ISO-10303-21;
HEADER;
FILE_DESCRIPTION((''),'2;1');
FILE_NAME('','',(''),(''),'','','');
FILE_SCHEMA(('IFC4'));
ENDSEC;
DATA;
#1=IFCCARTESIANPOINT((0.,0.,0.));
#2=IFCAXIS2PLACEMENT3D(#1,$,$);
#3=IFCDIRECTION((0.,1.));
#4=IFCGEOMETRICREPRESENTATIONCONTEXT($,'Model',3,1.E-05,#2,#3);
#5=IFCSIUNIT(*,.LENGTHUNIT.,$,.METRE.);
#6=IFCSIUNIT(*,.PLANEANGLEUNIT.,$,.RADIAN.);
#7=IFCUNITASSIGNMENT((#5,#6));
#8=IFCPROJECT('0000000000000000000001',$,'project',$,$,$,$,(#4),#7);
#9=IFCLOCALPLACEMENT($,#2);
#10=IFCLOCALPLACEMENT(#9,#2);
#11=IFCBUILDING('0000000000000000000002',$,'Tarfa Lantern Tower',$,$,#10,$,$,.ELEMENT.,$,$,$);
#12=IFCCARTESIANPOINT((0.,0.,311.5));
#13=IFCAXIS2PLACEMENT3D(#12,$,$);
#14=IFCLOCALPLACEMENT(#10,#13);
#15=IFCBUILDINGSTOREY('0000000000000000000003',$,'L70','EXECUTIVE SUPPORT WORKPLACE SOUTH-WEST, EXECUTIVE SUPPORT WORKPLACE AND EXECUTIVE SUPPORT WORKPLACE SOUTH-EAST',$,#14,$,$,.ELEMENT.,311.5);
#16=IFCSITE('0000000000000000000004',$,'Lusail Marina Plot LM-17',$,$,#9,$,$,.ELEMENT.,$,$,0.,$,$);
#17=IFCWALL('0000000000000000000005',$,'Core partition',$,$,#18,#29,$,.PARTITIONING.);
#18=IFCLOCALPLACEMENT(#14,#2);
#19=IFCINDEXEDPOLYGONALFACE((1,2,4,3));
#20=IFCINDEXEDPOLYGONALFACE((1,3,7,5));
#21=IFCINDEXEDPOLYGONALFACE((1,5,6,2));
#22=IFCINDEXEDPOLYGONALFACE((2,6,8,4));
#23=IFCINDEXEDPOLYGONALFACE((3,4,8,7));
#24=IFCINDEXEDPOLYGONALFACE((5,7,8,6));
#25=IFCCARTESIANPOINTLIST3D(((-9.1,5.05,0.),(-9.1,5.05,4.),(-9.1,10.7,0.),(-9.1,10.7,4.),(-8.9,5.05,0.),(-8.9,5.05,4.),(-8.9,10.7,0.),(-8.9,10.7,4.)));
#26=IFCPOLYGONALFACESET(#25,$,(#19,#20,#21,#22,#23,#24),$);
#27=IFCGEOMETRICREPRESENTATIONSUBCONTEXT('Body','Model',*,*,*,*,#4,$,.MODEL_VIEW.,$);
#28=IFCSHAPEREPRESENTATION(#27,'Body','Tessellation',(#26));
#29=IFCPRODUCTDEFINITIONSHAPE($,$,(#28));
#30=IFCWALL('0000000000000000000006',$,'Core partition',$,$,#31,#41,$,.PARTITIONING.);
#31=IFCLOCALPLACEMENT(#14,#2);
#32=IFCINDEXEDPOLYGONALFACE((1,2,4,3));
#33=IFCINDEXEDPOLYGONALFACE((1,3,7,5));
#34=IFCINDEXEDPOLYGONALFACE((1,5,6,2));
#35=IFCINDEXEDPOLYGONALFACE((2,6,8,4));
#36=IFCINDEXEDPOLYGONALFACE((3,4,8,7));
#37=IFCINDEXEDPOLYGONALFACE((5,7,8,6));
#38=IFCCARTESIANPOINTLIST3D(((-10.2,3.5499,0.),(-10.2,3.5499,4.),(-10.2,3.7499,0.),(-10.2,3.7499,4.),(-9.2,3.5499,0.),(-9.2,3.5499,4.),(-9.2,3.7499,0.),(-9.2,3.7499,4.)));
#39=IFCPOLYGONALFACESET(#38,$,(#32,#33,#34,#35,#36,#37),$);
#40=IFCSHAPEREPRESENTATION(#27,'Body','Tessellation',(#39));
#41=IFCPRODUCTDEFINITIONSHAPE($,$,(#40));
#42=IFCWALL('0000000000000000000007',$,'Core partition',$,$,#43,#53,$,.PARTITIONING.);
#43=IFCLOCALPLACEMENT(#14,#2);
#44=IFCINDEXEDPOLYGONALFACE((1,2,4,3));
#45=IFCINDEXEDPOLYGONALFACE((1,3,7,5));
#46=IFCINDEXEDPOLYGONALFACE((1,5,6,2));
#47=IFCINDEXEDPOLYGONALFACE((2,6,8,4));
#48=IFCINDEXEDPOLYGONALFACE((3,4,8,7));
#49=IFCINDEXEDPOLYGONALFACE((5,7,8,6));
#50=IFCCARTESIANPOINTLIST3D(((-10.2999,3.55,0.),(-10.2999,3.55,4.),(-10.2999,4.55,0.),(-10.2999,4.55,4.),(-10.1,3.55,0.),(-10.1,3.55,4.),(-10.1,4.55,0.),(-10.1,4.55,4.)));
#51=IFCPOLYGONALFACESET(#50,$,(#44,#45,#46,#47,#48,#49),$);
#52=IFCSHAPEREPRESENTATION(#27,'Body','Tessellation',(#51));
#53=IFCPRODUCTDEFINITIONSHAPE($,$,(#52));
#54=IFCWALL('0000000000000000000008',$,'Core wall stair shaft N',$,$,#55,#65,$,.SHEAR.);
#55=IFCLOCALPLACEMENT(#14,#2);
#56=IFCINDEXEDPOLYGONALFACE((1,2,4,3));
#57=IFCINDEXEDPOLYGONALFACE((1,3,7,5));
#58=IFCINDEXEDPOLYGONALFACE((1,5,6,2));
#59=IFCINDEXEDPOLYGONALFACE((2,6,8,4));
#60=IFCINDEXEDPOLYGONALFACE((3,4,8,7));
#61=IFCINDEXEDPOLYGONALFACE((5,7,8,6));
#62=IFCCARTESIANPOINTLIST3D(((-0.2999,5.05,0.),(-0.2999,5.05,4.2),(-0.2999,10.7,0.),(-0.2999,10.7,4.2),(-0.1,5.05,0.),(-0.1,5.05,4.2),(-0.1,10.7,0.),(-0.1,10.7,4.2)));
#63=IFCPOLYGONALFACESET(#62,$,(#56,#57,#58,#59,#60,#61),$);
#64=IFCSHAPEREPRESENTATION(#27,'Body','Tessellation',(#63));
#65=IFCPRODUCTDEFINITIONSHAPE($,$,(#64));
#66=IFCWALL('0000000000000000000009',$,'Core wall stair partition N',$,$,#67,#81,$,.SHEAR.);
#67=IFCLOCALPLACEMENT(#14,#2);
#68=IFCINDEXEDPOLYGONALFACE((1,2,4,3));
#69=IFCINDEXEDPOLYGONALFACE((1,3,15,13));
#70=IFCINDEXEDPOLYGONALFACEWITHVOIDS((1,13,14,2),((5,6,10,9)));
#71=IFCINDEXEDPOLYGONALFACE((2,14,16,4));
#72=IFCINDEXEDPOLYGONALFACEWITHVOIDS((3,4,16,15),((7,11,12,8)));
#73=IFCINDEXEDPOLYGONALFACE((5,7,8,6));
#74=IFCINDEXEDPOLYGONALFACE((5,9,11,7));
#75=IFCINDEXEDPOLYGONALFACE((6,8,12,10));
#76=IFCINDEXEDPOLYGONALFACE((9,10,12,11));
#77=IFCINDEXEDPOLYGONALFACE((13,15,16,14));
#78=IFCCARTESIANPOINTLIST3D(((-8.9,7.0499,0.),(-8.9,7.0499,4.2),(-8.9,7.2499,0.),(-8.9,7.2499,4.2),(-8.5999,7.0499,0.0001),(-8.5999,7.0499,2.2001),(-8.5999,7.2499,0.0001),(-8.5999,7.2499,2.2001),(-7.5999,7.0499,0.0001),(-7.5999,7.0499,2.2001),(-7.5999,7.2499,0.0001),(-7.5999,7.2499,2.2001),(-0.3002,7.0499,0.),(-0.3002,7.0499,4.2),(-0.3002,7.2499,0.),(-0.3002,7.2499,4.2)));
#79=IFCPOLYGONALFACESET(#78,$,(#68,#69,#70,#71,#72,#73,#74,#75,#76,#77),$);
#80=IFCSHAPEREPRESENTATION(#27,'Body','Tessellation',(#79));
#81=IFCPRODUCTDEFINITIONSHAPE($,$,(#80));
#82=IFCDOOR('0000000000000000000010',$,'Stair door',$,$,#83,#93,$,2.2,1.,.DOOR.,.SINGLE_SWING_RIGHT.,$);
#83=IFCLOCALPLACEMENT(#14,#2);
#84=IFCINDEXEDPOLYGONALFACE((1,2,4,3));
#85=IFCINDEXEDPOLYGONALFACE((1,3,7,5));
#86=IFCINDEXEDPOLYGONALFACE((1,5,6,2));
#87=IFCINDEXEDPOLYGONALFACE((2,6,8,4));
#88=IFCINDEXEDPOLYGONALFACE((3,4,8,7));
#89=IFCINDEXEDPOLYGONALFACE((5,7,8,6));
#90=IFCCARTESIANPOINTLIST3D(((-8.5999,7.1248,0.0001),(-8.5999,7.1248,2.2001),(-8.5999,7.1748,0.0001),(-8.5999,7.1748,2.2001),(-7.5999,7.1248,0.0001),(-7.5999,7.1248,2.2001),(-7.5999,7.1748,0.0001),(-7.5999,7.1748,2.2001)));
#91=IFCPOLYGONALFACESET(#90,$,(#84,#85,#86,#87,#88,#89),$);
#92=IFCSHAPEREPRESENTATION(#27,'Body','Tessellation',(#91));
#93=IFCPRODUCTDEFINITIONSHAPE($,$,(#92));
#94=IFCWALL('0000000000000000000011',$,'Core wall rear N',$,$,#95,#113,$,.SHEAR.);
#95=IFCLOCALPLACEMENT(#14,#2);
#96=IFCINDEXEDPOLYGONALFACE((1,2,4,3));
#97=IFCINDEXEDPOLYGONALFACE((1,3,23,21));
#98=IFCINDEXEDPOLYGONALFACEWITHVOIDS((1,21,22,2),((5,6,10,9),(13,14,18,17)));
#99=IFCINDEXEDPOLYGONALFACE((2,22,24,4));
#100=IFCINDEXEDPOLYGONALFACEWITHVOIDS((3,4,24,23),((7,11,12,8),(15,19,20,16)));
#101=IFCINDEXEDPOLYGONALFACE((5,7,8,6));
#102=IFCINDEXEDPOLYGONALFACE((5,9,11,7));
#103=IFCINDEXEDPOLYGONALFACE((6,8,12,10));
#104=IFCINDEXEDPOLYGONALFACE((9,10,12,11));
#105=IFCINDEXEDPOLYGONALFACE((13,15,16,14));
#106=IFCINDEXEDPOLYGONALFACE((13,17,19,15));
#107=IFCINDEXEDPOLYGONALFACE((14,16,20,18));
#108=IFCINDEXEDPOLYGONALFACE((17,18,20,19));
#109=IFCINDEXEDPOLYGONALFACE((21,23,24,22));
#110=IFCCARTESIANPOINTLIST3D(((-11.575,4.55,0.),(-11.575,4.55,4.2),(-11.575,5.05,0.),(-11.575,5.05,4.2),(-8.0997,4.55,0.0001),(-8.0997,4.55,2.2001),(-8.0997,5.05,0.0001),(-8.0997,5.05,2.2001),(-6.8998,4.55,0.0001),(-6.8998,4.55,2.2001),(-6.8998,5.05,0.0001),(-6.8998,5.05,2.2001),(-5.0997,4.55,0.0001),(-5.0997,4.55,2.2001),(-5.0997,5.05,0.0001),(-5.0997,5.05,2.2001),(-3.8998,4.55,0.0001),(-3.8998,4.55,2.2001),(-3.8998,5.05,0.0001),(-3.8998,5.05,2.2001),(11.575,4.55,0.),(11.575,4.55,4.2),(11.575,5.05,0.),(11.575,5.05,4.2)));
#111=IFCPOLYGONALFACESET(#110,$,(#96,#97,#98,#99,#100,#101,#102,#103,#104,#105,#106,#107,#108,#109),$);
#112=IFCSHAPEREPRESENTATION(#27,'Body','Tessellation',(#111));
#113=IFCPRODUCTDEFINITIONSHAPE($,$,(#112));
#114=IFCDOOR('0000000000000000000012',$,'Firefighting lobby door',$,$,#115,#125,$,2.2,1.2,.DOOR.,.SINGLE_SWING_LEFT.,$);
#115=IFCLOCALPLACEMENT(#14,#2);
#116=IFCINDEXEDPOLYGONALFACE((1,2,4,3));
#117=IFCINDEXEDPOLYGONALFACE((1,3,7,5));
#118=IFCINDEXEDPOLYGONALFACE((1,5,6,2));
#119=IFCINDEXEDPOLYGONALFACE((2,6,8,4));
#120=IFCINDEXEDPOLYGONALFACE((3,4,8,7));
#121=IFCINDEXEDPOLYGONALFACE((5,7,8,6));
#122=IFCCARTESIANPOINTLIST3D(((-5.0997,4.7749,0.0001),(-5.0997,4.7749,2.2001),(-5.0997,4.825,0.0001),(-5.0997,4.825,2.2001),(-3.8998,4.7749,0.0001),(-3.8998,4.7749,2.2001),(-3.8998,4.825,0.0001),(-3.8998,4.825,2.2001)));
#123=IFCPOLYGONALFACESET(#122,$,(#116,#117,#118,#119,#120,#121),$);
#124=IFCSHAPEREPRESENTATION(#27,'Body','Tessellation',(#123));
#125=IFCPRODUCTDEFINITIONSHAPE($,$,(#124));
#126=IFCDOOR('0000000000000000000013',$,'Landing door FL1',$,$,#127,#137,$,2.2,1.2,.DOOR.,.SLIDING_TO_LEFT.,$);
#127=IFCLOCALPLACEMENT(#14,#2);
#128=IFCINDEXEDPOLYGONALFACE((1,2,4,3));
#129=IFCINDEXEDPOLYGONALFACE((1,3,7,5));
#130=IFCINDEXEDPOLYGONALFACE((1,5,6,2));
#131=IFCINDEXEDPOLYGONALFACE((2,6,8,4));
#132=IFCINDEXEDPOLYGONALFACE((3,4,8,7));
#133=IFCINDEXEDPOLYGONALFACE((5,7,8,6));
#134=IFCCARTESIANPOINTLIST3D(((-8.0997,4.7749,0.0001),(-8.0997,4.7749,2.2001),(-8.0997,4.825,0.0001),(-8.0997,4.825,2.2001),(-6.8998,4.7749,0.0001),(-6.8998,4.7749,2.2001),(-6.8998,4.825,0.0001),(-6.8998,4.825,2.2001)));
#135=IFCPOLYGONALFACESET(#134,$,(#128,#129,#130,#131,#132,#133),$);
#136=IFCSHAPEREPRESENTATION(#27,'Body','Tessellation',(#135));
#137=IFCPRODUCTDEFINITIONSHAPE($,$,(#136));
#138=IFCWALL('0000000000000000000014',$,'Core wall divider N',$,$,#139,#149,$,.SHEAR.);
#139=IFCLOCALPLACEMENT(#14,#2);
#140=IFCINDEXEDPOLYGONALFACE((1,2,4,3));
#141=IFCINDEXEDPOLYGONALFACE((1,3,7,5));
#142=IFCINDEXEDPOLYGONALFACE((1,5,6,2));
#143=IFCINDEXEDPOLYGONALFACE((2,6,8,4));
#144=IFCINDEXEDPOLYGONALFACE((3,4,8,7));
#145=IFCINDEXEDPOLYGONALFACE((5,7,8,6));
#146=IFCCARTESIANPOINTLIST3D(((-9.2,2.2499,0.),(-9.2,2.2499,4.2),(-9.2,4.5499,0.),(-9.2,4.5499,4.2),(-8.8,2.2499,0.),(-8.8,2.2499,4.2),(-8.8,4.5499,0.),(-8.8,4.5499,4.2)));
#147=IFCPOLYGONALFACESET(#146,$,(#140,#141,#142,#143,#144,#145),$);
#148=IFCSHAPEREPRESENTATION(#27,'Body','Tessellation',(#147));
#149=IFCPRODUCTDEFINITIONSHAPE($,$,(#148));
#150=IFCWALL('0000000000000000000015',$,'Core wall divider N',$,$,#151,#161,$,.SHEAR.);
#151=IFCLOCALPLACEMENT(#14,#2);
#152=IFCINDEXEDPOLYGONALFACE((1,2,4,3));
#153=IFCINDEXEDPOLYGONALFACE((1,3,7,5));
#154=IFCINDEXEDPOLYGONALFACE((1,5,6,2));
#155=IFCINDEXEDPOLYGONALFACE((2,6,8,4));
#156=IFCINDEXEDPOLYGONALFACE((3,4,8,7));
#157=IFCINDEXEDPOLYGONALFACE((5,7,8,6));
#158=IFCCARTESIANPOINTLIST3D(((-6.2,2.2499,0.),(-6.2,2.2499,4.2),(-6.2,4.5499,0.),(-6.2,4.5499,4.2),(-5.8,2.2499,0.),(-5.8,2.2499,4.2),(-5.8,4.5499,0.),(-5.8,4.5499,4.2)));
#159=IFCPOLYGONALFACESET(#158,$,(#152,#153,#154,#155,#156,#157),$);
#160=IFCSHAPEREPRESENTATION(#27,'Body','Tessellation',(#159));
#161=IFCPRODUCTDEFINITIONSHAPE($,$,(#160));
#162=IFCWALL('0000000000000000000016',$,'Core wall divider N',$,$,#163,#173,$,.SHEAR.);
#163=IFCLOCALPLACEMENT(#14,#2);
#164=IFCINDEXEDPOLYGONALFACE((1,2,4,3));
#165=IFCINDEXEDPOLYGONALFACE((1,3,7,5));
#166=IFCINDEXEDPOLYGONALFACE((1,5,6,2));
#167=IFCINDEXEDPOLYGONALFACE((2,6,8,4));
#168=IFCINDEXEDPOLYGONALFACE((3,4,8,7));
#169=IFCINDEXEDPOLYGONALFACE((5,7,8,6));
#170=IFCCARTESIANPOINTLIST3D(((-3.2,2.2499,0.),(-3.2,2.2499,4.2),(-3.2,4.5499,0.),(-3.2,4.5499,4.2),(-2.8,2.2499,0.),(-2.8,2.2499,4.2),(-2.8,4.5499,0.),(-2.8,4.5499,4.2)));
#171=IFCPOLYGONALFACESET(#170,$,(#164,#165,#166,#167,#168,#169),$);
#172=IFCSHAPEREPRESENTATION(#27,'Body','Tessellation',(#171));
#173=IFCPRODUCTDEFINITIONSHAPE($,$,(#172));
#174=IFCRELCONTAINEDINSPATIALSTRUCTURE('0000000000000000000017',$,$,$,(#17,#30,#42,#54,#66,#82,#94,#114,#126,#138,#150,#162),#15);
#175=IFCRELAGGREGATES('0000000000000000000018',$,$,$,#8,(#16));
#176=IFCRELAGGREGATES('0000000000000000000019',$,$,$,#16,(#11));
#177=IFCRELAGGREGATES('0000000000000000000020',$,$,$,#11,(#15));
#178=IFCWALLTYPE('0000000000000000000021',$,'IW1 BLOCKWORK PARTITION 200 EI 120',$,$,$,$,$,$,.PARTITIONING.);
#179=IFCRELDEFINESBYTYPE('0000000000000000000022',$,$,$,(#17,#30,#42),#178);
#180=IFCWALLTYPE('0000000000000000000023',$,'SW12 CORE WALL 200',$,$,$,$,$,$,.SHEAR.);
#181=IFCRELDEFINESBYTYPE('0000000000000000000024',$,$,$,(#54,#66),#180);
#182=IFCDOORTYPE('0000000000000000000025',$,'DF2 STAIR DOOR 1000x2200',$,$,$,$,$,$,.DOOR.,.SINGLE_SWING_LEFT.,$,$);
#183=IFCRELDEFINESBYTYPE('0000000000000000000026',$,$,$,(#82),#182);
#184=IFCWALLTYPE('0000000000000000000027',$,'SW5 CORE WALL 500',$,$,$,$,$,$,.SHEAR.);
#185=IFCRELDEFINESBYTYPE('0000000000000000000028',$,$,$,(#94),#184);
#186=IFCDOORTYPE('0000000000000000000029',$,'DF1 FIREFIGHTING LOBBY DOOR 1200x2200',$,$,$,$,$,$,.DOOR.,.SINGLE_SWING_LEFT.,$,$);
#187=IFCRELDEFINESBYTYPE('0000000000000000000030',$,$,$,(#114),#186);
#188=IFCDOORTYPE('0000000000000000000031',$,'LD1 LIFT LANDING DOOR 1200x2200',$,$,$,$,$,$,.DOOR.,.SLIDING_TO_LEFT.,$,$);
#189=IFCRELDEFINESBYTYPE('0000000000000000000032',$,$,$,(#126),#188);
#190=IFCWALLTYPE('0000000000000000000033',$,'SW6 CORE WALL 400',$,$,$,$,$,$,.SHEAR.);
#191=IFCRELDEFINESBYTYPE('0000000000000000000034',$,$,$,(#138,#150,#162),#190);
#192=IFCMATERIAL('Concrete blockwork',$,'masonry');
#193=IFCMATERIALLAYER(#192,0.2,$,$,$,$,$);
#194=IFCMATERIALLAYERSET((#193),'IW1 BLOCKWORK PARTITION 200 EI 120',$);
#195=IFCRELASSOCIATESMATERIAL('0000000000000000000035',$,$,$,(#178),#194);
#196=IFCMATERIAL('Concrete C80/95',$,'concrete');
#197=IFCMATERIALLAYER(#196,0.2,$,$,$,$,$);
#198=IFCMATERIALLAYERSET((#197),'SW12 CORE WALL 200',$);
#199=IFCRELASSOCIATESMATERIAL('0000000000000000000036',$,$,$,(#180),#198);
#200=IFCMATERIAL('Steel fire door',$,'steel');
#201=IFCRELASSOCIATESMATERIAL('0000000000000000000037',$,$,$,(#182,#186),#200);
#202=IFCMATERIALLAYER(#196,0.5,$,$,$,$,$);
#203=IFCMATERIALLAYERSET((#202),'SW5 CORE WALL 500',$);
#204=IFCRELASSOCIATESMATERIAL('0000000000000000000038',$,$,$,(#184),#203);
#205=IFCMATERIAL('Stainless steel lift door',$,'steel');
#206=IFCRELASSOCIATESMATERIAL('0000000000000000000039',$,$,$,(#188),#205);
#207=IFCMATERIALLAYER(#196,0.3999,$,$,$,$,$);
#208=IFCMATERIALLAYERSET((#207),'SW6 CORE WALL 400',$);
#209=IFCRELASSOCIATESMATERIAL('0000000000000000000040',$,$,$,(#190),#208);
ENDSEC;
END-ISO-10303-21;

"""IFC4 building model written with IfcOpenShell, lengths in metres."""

from ifc_helpers import new_model, si_unit, direction, frame, frame_2d, origin, place, context, subcontext, project, spatial, rectangle, extrude, material, layer, layer_set, type_object, element, fill, save


model = new_model("IFC4")

# Units and contexts
model_context = context("Model", 3, precision=1e-05, world=origin(), true_north=direction((0.0, 1.0)))
body_context = subcontext(model_context, "Body", "Model", "MODEL_VIEW")
ifc_project = project(units=[si_unit("LENGTHUNIT", "METRE"), si_unit("PLANEANGLEUNIT", "RADIAN")], contexts=[model_context])

# Site, building, storey
site_placement = place(None, origin())
site = spatial("IfcSite", under=ifc_project, at=site_placement, Name="Lusail Marina Plot LM-17", CompositionType="ELEMENT", RefElevation=0.0)
building_placement = place(site_placement, origin())
building = spatial("IfcBuilding", under=site, at=building_placement, Name="Tarfa Lantern Tower", CompositionType="ELEMENT")
storey_placement = place(building_placement, frame((0.0, 0.0, 311.5)))
storey = spatial("IfcBuildingStorey", under=building, at=storey_placement, Name="L70", Description="EXECUTIVE SUPPORT WORKPLACE SOUTH-WEST, EXECUTIVE SUPPORT WORKPLACE AND EXECUTIVE SUPPORT WORKPLACE SOUTH-EAST", CompositionType="ELEMENT", Elevation=311.5)

# Walls
ifc_material_1 = material(Name="Concrete blockwork", Category="masonry")
ifc_layer_1 = layer(ifc_material_1, 0.2)
ifc_layer_set_1 = layer_set([ifc_layer_1], Name="IW1 BLOCKWORK PARTITION 200 EI 120")
wall_type_1 = type_object("IfcWallType", Name="IW1 BLOCKWORK PARTITION 200 EI 120", PredefinedType="PARTITIONING", material=ifc_layer_set_1)
wall_1_placement = place(storey_placement, frame((-9.0, 5.05, 0.0), z_axis=(0.0, 0.0, 1.0), x_axis=(0.0, 1.0, 0.0)))
element("IfcWall", 1, at=wall_1_placement, inside=storey, type_object=wall_type_1, Name="Core partition", PredefinedType="PARTITIONING", context=body_context, shape_type="SweptSolid", body=[
    extrude(rectangle(XDim=5.6499, YDim=0.2, at=frame_2d((2.825, 0.0))), origin(), (0.0, 0.0, 1.0), 4.0),
])
for number, where, z_axis, x_axis, name in (
    (2, (-10.2, 3.6499, 0.0), (0.0, 0.0, 1.0), (1.0, 0.0, 0.0), "Core partition"),
    (3, (-10.2, 3.55, 0.0), (0.0, 0.0, 1.0), (0.0, 1.0, 0.0), "Core partition"),
):
    element("IfcWall", number, at=place(storey_placement, frame(where, z_axis=z_axis, x_axis=x_axis)), inside=storey, type_object=wall_type_1, Name=name, PredefinedType="PARTITIONING", context=body_context, shape_type="SweptSolid", body=[
        extrude(rectangle(XDim=1.0, YDim=0.2, at=frame_2d((0.5, 0.0))), origin(), (0.0, 0.0, 1.0), 4.0),
    ])
ifc_material_2 = material(Name="Concrete C80/95", Category="concrete")
ifc_layer_2 = layer(ifc_material_2, 0.2)
ifc_layer_set_2 = layer_set([ifc_layer_2], Name="SW12 CORE WALL 200")
wall_type_2 = type_object("IfcWallType", Name="SW12 CORE WALL 200", PredefinedType="SHEAR", material=ifc_layer_set_2)
wall_2_placement = place(storey_placement, frame((-0.2, 5.05, 0.0), z_axis=(0.0, 0.0, 1.0), x_axis=(0.0, 1.0, 0.0)))
element("IfcWall", 4, at=wall_2_placement, inside=storey, type_object=wall_type_2, Name="Core wall stair shaft N", PredefinedType="SHEAR", context=body_context, shape_type="SweptSolid", body=[
    extrude(rectangle(XDim=5.6499, YDim=0.2, at=frame_2d((2.825, 0.0))), origin(), (0.0, 0.0, 1.0), 4.2),
])

# Wall, opening, door
wall_3_placement = place(storey_placement, frame((-8.8999, 7.1499, 0.0), z_axis=(0.0, 0.0, 1.0), x_axis=(1.0, 0.0, 0.0)))
wall_3 = element("IfcWall", 5, at=wall_3_placement, inside=storey, type_object=wall_type_2, Name="Core wall stair partition N", PredefinedType="SHEAR", context=body_context, shape_type="SweptSolid", body=[
    extrude(rectangle(XDim=8.5999, YDim=0.2, at=frame_2d((4.2998, 0.0))), origin(), (0.0, 0.0, 1.0), 4.2),
])
opening_1_placement = place(wall_3_placement, frame((0.3, 0.0, 0.0)))
opening_1 = element("IfcOpeningElement", 6, at=opening_1_placement, cuts=wall_3, PredefinedType="OPENING", context=body_context, shape_type="SweptSolid", body=[
    extrude(rectangle(XDim=1.0, YDim=2.2, at=frame_2d((0.5, 1.1001))), frame((0.0, 0.1099, 0.0), z_axis=(0.0, -1.0, 0.0), x_axis=(1.0, 0.0, 0.0)), (0.0, 0.0, 1.0), 0.22),
])
ifc_material_3 = material(Name="Steel fire door", Category="steel")
door_type_1 = type_object("IfcDoorType", Name="DF2 STAIR DOOR 1000x2200", OperationType="SINGLE_SWING_LEFT", PredefinedType="DOOR", material=ifc_material_3)
door_1_placement = place(opening_1_placement, origin())
door_1 = element("IfcDoor", 7, at=door_1_placement, inside=storey, type_object=door_type_1, Name="Stair door", OperationType="SINGLE_SWING_RIGHT", OverallHeight=2.2, OverallWidth=1.0, PredefinedType="DOOR", context=body_context, shape_type="SweptSolid", body=[
    extrude(rectangle(XDim=1.0, YDim=2.2, at=frame_2d((0.5, 1.1001))), frame((0.0, 0.0249, 0.0), z_axis=(0.0, -1.0, 0.0), x_axis=(1.0, 0.0, 0.0)), (0.0, 0.0, 1.0), 0.05),
])
fill(opening_1, door_1)

# Wall, openings, doors
ifc_layer_3 = layer(ifc_material_2, 0.5)
ifc_layer_set_3 = layer_set([ifc_layer_3], Name="SW5 CORE WALL 500")
wall_type_3 = type_object("IfcWallType", Name="SW5 CORE WALL 500", PredefinedType="SHEAR", material=ifc_layer_set_3)
wall_4_placement = place(storey_placement, frame((-11.575, 4.8, 0.0), z_axis=(0.0, 0.0, 1.0), x_axis=(1.0, 0.0, 0.0)))
wall_4 = element("IfcWall", 8, at=wall_4_placement, inside=storey, type_object=wall_type_3, Name="Core wall rear N", PredefinedType="SHEAR", context=body_context, shape_type="SweptSolid", body=[
    extrude(rectangle(XDim=23.1499, YDim=0.5, at=frame_2d((11.575, 0.0))), origin(), (0.0, 0.0, 1.0), 4.2),
])
opening_2_placement = place(wall_4_placement, frame((6.4751, 0.0, 0.0)))
opening_2 = element("IfcOpeningElement", 9, at=opening_2_placement, cuts=wall_4, PredefinedType="OPENING", context=body_context, shape_type="SweptSolid", body=[
    extrude(rectangle(XDim=1.2, YDim=2.2, at=frame_2d((0.6001, 1.1001))), frame((0.0, 0.26, 0.0), z_axis=(0.0, -1.0, 0.0), x_axis=(1.0, 0.0, 0.0)), (0.0, 0.0, 1.0), 0.52),
])
opening_3_placement = place(wall_4_placement, frame((3.4751, 0.0, 0.0)))
opening_3 = element("IfcOpeningElement", 10, at=opening_3_placement, cuts=wall_4, PredefinedType="OPENING", context=body_context, shape_type="SweptSolid", body=[
    extrude(rectangle(XDim=1.2, YDim=2.2, at=frame_2d((0.6001, 1.1001))), frame((0.0, 0.26, 0.0), z_axis=(0.0, -1.0, 0.0), x_axis=(1.0, 0.0, 0.0)), (0.0, 0.0, 1.0), 0.52),
])
door_type_2 = type_object("IfcDoorType", Name="DF1 FIREFIGHTING LOBBY DOOR 1200x2200", OperationType="SINGLE_SWING_LEFT", PredefinedType="DOOR", material=ifc_material_3)
door_2_placement = place(opening_2_placement, origin())
door_2 = element("IfcDoor", 11, at=door_2_placement, inside=storey, type_object=door_type_2, Name="Firefighting lobby door", OperationType="SINGLE_SWING_LEFT", OverallHeight=2.2, OverallWidth=1.2, PredefinedType="DOOR", context=body_context, shape_type="SweptSolid", body=[
    extrude(rectangle(XDim=1.2, YDim=2.2, at=frame_2d((0.6001, 1.1001))), frame((0.0, 0.0249, 0.0), z_axis=(0.0, -1.0, 0.0), x_axis=(1.0, 0.0, 0.0)), (0.0, 0.0, 1.0), 0.05),
])
fill(opening_2, door_2)
ifc_material_4 = material(Name="Stainless steel lift door", Category="steel")
door_type_3 = type_object("IfcDoorType", Name="LD1 LIFT LANDING DOOR 1200x2200", OperationType="SLIDING_TO_LEFT", PredefinedType="DOOR", material=ifc_material_4)
door_3_placement = place(opening_3_placement, origin())
door_3 = element("IfcDoor", 12, at=door_3_placement, inside=storey, type_object=door_type_3, Name="Landing door FL1", OperationType="SLIDING_TO_LEFT", OverallHeight=2.2, OverallWidth=1.2, PredefinedType="DOOR", context=body_context, shape_type="SweptSolid", body=[
    extrude(rectangle(XDim=1.2, YDim=2.2, at=frame_2d((0.6001, 1.1001))), frame((0.0, 0.0249, 0.0), z_axis=(0.0, -1.0, 0.0), x_axis=(1.0, 0.0, 0.0)), (0.0, 0.0, 1.0), 0.05),
])
fill(opening_3, door_3)

# Walls
ifc_layer_4 = layer(ifc_material_2, 0.3999)
ifc_layer_set_4 = layer_set([ifc_layer_4], Name="SW6 CORE WALL 400")
wall_type_4 = type_object("IfcWallType", Name="SW6 CORE WALL 400", PredefinedType="SHEAR", material=ifc_layer_set_4)
for number, where, z_axis, x_axis, name in (
    (13, (-9.0, 2.25, 0.0), (0.0, 0.0, 1.0), (0.0, 1.0, 0.0), "Core wall divider N"),
    (14, (-6.0, 2.25, 0.0), (0.0, 0.0, 1.0), (0.0, 1.0, 0.0), "Core wall divider N"),
    (15, (-3.0, 2.25, 0.0), (0.0, 0.0, 1.0), (0.0, 1.0, 0.0), "Core wall divider N"),
):
    element("IfcWall", number, at=place(storey_placement, frame(where, z_axis=z_axis, x_axis=x_axis)), inside=storey, type_object=wall_type_4, Name=name, PredefinedType="SHEAR", context=body_context, shape_type="SweptSolid", body=[
        extrude(rectangle(XDim=2.3, YDim=0.3999, at=frame_2d((1.1499, 0.0))), origin(), (0.0, 0.0, 1.0), 4.2),
    ])

save(model, "model.ifc")
